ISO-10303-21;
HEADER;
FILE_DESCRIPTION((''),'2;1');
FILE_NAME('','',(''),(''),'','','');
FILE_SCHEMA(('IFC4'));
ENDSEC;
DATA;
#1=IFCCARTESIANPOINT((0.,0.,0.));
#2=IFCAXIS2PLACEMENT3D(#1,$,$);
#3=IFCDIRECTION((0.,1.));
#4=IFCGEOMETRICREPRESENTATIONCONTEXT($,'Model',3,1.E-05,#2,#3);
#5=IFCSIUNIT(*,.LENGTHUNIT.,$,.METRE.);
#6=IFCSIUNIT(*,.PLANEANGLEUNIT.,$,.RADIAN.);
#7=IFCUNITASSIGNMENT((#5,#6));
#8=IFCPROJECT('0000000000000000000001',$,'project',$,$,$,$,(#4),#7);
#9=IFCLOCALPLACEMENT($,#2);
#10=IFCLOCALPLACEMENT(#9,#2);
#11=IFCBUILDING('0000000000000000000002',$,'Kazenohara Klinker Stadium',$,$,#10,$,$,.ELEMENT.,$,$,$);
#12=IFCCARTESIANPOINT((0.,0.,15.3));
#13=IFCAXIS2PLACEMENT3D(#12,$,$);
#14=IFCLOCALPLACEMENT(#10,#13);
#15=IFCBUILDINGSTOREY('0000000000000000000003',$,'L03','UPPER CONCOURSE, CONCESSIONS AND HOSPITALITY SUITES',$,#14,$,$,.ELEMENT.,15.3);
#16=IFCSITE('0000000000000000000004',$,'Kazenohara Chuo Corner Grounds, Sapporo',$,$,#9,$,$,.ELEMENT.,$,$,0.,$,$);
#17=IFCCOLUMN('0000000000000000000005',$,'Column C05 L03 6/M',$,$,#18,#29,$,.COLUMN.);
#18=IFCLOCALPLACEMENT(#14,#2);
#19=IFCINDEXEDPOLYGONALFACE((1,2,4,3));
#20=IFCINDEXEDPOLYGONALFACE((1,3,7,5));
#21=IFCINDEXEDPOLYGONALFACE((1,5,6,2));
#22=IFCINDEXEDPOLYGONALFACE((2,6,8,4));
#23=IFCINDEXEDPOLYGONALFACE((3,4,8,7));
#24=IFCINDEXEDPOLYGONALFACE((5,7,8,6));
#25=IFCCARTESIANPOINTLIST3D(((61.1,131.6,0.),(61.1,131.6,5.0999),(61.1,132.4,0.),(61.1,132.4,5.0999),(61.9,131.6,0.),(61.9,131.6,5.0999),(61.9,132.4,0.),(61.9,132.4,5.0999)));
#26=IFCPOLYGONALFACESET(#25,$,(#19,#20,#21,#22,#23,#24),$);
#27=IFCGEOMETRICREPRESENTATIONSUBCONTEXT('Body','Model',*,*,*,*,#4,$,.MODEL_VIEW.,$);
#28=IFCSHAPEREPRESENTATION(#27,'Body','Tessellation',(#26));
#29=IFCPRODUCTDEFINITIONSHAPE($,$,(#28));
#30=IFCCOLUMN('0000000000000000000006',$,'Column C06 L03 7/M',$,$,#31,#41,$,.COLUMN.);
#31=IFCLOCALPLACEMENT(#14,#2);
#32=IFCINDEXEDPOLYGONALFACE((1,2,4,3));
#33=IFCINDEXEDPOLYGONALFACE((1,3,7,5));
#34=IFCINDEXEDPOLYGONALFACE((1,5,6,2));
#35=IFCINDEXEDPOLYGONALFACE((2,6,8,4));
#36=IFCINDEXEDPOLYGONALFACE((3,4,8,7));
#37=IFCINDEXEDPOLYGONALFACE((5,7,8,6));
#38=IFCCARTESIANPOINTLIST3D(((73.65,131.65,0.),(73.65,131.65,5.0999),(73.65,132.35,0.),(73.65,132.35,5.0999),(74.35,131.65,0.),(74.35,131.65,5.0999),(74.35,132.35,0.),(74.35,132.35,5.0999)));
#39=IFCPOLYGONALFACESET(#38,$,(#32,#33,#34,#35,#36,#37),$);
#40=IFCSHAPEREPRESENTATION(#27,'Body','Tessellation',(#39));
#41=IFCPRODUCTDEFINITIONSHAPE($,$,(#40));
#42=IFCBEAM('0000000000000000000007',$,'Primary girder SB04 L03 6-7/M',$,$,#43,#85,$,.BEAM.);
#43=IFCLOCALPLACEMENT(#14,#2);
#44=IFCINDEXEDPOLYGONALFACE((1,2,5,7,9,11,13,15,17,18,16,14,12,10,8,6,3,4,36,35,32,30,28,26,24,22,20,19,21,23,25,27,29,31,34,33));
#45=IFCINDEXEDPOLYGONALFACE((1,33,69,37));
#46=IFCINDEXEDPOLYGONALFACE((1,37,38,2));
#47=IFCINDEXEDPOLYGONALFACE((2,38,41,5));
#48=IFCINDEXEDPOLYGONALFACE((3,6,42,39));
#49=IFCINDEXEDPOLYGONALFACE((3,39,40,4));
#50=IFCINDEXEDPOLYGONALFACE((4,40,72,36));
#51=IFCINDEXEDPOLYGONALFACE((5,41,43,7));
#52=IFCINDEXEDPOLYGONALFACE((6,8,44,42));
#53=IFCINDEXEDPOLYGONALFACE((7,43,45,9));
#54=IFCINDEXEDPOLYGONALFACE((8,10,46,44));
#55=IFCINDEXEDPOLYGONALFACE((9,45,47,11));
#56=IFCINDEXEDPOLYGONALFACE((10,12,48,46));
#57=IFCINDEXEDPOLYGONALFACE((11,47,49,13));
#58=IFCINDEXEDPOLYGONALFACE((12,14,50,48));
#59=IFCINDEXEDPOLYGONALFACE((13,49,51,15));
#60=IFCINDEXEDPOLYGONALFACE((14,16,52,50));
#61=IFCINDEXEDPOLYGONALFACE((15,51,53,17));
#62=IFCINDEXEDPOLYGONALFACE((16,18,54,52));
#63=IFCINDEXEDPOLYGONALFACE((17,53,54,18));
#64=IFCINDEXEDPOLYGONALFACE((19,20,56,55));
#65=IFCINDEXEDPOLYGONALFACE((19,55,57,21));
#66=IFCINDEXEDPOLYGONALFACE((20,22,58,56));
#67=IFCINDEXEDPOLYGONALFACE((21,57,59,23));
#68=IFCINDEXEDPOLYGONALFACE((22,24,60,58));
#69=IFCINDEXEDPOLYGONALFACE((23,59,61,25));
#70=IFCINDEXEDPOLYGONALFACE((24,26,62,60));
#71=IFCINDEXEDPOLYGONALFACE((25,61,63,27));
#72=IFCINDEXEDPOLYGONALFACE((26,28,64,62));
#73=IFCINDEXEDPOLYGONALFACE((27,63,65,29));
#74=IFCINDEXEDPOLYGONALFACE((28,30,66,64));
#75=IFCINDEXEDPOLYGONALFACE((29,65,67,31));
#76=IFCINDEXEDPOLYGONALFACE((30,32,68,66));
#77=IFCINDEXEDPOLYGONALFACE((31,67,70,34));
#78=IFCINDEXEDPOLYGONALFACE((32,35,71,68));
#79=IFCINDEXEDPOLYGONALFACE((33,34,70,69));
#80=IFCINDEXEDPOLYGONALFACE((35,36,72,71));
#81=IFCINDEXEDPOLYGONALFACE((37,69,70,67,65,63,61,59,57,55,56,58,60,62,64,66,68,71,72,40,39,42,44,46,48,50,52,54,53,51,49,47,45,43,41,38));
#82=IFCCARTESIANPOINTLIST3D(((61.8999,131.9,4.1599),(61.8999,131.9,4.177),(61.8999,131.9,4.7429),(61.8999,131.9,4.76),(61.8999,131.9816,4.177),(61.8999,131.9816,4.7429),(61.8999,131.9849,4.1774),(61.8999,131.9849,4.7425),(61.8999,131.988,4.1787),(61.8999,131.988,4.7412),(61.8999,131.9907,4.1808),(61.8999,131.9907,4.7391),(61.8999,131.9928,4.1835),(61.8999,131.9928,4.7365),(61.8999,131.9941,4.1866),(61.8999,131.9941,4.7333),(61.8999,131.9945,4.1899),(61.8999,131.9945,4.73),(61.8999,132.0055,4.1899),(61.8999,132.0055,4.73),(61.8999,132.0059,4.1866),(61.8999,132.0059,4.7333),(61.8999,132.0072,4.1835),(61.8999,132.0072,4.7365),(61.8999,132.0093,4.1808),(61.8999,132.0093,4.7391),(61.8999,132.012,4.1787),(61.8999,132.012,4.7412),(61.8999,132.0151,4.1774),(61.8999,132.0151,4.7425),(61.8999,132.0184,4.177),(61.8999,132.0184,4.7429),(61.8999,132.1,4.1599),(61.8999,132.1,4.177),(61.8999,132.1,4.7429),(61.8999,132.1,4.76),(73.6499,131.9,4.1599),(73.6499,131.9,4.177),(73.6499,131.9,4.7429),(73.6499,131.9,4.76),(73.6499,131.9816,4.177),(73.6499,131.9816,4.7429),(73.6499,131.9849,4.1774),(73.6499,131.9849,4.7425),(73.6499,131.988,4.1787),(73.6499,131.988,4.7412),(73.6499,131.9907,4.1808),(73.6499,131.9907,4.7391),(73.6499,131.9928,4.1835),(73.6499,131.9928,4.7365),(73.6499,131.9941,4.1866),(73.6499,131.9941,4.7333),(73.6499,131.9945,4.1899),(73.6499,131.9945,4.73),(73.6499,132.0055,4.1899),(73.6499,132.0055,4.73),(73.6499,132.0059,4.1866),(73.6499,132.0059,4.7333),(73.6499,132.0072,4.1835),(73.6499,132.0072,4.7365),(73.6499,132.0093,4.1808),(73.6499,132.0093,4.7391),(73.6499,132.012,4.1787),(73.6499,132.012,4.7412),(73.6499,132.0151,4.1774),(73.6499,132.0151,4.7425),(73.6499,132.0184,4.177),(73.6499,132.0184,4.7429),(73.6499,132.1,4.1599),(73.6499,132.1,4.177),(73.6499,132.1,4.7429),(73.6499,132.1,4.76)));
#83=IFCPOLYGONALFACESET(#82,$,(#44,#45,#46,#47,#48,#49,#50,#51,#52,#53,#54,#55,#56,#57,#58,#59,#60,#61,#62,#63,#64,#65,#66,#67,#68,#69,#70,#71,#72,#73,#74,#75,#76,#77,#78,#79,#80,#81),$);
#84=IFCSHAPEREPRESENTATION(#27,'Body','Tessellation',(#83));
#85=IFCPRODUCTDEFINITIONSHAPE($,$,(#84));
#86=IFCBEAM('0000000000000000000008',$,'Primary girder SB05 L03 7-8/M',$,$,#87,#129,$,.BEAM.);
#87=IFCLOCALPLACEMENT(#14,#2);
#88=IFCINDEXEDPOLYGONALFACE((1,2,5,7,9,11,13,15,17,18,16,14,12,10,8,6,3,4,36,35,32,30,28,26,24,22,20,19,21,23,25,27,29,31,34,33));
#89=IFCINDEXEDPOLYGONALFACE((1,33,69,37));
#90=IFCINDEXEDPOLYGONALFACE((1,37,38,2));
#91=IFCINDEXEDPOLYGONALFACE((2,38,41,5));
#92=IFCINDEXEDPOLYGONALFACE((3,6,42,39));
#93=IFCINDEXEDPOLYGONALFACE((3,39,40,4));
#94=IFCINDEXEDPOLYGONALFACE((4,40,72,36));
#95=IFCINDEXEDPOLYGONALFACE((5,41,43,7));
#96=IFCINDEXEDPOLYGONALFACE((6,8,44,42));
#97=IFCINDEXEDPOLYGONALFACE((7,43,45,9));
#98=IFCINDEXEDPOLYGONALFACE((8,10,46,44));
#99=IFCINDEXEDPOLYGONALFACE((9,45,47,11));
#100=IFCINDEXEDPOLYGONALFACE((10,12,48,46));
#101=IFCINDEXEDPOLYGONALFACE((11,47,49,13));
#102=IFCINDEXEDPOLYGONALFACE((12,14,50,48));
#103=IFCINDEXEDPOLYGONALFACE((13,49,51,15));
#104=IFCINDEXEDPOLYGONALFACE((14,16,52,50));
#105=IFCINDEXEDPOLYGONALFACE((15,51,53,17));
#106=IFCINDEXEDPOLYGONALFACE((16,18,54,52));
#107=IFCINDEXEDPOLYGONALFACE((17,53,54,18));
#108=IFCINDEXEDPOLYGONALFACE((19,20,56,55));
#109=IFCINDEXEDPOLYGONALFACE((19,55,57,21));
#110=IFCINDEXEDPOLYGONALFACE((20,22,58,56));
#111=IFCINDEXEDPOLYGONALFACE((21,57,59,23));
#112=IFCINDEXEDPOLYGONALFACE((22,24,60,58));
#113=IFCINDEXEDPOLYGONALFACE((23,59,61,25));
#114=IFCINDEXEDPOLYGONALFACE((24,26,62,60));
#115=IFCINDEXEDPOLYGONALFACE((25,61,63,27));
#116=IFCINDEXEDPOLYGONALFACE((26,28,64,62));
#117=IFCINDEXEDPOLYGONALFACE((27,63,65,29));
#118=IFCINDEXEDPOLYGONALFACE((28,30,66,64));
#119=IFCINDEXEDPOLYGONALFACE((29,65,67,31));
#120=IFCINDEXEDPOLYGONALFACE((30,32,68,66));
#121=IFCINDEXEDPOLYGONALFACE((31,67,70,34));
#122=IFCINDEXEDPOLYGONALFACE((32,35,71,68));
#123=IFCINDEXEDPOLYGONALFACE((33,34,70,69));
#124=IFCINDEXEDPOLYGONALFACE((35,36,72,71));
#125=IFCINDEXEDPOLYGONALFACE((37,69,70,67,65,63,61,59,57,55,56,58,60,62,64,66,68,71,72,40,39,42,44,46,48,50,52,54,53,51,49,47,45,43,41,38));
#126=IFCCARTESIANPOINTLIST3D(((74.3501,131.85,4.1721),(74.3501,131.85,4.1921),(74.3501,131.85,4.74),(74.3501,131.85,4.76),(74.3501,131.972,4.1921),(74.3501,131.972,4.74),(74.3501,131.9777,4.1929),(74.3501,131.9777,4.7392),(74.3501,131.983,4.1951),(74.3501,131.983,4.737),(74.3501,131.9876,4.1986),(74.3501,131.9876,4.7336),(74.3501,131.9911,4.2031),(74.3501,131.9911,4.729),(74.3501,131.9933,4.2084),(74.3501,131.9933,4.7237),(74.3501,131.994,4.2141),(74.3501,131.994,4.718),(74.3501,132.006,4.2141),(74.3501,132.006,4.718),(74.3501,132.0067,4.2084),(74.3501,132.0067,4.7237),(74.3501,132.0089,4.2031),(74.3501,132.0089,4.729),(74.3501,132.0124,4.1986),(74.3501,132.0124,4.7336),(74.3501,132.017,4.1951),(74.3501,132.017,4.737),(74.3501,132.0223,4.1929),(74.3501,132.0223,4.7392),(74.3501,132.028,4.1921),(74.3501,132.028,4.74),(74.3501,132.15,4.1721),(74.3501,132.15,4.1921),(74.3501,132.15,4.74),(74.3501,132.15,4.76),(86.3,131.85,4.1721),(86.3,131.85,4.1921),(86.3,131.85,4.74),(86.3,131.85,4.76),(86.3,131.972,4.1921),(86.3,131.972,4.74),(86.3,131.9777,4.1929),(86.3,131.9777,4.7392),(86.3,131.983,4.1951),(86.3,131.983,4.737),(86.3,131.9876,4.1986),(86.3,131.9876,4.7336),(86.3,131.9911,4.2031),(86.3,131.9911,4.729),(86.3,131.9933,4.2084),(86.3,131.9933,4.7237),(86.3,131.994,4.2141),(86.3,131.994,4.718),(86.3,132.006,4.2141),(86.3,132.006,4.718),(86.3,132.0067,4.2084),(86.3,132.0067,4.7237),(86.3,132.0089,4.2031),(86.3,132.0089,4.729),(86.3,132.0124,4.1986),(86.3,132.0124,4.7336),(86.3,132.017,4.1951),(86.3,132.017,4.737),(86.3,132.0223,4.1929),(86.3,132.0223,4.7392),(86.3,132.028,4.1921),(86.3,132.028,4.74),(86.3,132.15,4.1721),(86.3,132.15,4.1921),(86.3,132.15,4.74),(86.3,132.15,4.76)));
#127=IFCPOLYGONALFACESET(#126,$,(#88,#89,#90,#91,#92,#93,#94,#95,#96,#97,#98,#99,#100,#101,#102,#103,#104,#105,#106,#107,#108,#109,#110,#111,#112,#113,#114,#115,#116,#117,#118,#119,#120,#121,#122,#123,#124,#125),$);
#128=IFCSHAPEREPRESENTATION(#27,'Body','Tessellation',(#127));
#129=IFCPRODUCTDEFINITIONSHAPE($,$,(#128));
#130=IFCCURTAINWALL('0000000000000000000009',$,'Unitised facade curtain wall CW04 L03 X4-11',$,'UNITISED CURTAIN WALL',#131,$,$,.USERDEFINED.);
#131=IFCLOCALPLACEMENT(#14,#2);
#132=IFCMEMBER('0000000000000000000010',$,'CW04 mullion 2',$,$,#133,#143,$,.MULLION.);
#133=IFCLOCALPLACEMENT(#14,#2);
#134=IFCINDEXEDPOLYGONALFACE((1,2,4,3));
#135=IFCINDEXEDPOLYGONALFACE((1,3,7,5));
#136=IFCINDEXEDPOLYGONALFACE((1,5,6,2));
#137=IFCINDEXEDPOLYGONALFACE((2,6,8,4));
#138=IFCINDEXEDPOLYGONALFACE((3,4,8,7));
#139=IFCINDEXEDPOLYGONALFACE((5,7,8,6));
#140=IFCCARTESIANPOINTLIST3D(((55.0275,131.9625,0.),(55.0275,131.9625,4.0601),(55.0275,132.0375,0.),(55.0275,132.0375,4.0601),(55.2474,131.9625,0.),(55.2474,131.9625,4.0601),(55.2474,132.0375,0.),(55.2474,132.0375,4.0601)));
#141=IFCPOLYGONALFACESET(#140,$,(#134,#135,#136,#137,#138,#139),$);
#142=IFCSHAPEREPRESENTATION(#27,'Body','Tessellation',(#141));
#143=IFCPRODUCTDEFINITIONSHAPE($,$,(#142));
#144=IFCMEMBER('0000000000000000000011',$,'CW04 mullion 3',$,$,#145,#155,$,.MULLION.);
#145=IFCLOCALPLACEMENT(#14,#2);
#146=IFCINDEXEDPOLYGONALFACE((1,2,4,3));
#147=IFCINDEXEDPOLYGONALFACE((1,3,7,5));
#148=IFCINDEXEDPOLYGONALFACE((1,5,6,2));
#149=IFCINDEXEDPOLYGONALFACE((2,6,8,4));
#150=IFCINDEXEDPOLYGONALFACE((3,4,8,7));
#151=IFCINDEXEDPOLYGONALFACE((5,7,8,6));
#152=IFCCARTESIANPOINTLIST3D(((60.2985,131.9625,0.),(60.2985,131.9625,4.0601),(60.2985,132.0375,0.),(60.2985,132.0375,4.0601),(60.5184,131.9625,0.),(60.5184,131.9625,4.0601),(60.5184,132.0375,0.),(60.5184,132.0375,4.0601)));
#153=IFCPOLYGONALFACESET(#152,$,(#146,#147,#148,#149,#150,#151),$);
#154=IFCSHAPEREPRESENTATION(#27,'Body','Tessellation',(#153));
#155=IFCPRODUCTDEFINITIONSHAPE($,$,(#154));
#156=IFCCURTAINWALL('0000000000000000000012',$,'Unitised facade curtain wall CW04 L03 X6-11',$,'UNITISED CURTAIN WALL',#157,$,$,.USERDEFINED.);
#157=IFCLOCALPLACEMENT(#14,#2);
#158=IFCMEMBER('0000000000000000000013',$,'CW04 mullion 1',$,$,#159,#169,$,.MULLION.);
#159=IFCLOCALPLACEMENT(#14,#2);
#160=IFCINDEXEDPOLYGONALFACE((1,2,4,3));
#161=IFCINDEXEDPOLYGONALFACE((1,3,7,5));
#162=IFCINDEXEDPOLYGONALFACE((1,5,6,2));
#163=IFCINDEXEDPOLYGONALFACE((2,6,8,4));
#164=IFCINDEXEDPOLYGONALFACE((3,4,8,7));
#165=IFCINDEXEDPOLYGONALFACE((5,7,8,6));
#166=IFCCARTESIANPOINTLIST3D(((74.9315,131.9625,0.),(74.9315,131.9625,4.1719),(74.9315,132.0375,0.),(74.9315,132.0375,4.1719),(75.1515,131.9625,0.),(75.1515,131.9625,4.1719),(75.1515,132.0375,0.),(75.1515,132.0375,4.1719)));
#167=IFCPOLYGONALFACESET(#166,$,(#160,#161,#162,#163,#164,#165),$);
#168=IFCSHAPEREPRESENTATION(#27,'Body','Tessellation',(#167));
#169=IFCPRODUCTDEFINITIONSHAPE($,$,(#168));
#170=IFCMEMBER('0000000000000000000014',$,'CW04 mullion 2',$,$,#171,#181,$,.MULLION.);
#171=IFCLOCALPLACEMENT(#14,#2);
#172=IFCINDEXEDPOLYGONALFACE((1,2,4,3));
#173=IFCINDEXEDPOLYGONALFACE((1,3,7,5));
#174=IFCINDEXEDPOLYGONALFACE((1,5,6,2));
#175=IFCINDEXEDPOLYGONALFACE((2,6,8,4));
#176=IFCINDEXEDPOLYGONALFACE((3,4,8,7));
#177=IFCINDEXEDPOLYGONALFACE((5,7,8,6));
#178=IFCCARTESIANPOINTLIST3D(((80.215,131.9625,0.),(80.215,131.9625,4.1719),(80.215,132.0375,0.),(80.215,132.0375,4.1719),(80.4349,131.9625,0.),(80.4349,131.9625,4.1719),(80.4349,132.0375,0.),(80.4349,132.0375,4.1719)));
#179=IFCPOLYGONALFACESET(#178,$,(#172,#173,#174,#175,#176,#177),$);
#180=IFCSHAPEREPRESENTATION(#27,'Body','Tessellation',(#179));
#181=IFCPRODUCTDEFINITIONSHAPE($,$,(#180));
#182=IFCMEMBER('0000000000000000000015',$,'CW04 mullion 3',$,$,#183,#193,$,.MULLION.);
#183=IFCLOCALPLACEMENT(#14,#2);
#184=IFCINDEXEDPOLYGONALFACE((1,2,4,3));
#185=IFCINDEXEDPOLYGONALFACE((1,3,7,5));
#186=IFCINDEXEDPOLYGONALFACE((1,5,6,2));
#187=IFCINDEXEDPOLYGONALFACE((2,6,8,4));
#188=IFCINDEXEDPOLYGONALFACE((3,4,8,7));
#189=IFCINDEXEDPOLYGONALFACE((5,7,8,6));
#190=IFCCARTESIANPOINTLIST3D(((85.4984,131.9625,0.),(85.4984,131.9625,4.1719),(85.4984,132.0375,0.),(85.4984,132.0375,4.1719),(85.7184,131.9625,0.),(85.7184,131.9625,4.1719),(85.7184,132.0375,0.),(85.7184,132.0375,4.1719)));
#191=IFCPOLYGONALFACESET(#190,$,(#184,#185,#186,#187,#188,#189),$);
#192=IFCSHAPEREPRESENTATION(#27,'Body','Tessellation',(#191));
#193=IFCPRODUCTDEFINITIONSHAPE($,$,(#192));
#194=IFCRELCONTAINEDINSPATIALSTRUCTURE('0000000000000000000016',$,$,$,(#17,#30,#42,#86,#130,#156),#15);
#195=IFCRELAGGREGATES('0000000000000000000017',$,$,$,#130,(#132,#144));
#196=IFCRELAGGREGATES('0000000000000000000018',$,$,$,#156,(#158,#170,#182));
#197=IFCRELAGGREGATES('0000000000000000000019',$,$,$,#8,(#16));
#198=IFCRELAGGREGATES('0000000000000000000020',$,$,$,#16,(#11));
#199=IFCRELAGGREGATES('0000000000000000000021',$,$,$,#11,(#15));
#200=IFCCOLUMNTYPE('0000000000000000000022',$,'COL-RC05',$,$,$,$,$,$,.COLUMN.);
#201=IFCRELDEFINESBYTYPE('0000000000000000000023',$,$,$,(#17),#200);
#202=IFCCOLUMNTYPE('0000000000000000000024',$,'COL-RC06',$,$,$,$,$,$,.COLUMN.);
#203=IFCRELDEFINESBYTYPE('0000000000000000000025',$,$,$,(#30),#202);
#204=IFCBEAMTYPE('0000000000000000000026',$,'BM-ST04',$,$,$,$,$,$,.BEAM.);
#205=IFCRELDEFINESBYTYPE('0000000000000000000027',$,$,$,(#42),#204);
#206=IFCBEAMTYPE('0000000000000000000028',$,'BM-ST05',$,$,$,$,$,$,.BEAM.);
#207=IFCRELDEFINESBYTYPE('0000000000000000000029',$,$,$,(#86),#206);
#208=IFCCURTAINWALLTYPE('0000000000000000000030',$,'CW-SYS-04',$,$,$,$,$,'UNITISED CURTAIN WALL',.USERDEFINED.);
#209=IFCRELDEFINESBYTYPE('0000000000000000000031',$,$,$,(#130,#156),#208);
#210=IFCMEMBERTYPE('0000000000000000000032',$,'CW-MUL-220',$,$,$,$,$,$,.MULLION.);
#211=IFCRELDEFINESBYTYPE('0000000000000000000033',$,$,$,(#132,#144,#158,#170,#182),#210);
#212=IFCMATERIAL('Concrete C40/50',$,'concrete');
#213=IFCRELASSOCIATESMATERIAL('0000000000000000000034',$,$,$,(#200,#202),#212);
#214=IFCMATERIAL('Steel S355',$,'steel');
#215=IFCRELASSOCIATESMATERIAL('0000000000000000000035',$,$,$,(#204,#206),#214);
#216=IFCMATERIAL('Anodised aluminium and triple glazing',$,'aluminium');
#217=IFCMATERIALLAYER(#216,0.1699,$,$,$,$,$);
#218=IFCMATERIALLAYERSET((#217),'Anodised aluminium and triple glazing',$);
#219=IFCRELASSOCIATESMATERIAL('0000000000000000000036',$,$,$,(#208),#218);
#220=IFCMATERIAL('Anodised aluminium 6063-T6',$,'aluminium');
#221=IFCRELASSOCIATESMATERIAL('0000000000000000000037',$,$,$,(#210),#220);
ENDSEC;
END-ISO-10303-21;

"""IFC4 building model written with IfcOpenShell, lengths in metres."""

from ifc_helpers import new_model, si_unit, direction, frame, origin, origin_2d, place, context, subcontext, project, spatial, rectangle, i_section, extrude, material, layer, layer_set, material_profile, profile_set, type_object, element, aggregate, save


model = new_model("IFC4")

# Units and contexts
model_context = context("Model", 3, precision=1e-05, world=origin(), true_north=direction((0.0, 1.0)))
body_context = subcontext(model_context, "Body", "Model", "MODEL_VIEW")
ifc_project = project(units=[si_unit("LENGTHUNIT", "METRE"), si_unit("PLANEANGLEUNIT", "RADIAN")], contexts=[model_context])

# Site, building, storey
site_placement = place(None, origin())
site = spatial("IfcSite", under=ifc_project, at=site_placement, Name="Kazenohara Chuo Corner Grounds, Sapporo", CompositionType="ELEMENT", RefElevation=0.0)
building_placement = place(site_placement, origin())
building = spatial("IfcBuilding", under=site, at=building_placement, Name="Kazenohara Klinker Stadium", CompositionType="ELEMENT")
storey_placement = place(building_placement, frame((0.0, 0.0, 15.3)))
storey = spatial("IfcBuildingStorey", under=building, at=storey_placement, Name="L03", Description="UPPER CONCOURSE, CONCESSIONS AND HOSPITALITY SUITES", CompositionType="ELEMENT", Elevation=15.3)

# Columns
ifc_material_1 = material(Name="Concrete C40/50", Category="concrete")
ifc_material_profile_1 = material_profile(ifc_material_1, rectangle(XDim=0.8, YDim=0.8, at=origin_2d()), Name="RC-COL-800x800")
ifc_profile_set_1 = profile_set([ifc_material_profile_1], Name="Concrete C40/50")
column_type_1 = type_object("IfcColumnType", Name="COL-RC05", PredefinedType="COLUMN", material=ifc_profile_set_1)
column_1_placement = place(storey_placement, frame((61.5, 132.0, 0.0), z_axis=(0.0, 0.0, 1.0), x_axis=(1.0, 0.0, 0.0)))
element("IfcColumn", 1, at=column_1_placement, inside=storey, type_object=column_type_1, Name="Column C05 L03 6/M", PredefinedType="COLUMN", context=body_context, shape_type="SweptSolid", body=[
    extrude(rectangle(XDim=0.8, YDim=0.8, at=origin_2d()), origin(), (0.0, 0.0, 1.0), 5.0999),
])
ifc_material_profile_2 = material_profile(ifc_material_1, rectangle(XDim=0.7, YDim=0.7, at=origin_2d()), Name="RC-COL-700x700")
ifc_profile_set_2 = profile_set([ifc_material_profile_2], Name="Concrete C40/50")
column_type_2 = type_object("IfcColumnType", Name="COL-RC06", PredefinedType="COLUMN", material=ifc_profile_set_2)
column_2_placement = place(storey_placement, frame((74.0, 132.0, 0.0), z_axis=(0.0, 0.0, 1.0), x_axis=(1.0, 0.0, 0.0)))
element("IfcColumn", 2, at=column_2_placement, inside=storey, type_object=column_type_2, Name="Column C06 L03 7/M", PredefinedType="COLUMN", context=body_context, shape_type="SweptSolid", body=[
    extrude(rectangle(XDim=0.7, YDim=0.7, at=origin_2d()), origin(), (0.0, 0.0, 1.0), 5.0999),
])

# Beams
ifc_material_2 = material(Name="Steel S355", Category="steel")
ifc_material_profile_3 = material_profile(ifc_material_2, i_section(OverallWidth=0.2, OverallDepth=0.6001, WebThickness=0.011, FlangeThickness=0.0171, FilletRadius=0.0129, at=origin_2d()), Name="H-600x200x11x17")
ifc_profile_set_3 = profile_set([ifc_material_profile_3], Name="Steel S355")
beam_type_1 = type_object("IfcBeamType", Name="BM-ST04", PredefinedType="BEAM", material=ifc_profile_set_3)
beam_1_placement = place(storey_placement, frame((61.8999, 132.0, 4.46), z_axis=(1.0, 0.0, 0.0), x_axis=(0.0, 1.0, 0.0)))
element("IfcBeam", 3, at=beam_1_placement, inside=storey, type_object=beam_type_1, Name="Primary girder SB04 L03 6-7/M", PredefinedType="BEAM", context=body_context, shape_type="SweptSolid", body=[
    extrude(i_section(OverallWidth=0.2, OverallDepth=0.6001, WebThickness=0.011, FlangeThickness=0.0171, FilletRadius=0.0129, at=origin_2d()), origin(), (0.0, 0.0, 1.0), 11.75),
])
ifc_material_profile_4 = material_profile(ifc_material_2, i_section(OverallWidth=0.3, OverallDepth=0.5879, WebThickness=0.012, FlangeThickness=0.02, FilletRadius=0.022, at=origin_2d()), Name="H-588x300x12x20")
ifc_profile_set_4 = profile_set([ifc_material_profile_4], Name="Steel S355")
beam_type_2 = type_object("IfcBeamType", Name="BM-ST05", PredefinedType="BEAM", material=ifc_profile_set_4)
beam_2_placement = place(storey_placement, frame((74.3501, 132.0, 4.4661), z_axis=(1.0, 0.0, 0.0), x_axis=(0.0, 1.0, 0.0)))
element("IfcBeam", 4, at=beam_2_placement, inside=storey, type_object=beam_type_2, Name="Primary girder SB05 L03 7-8/M", PredefinedType="BEAM", context=body_context, shape_type="SweptSolid", body=[
    extrude(i_section(OverallWidth=0.3, OverallDepth=0.5879, WebThickness=0.012, FlangeThickness=0.02, FilletRadius=0.022, at=origin_2d()), origin(), (0.0, 0.0, 1.0), 11.95),
])

# Curtain walls, members
ifc_material_3 = material(Name="Anodised aluminium and triple glazing", Category="aluminium")
ifc_layer_1 = layer(ifc_material_3, 0.1699)
ifc_layer_set_1 = layer_set([ifc_layer_1], Name="Anodised aluminium and triple glazing")
curtain_wall_type = type_object("IfcCurtainWallType", Name="CW-SYS-04", ElementType="UNITISED CURTAIN WALL", PredefinedType="USERDEFINED", material=ifc_layer_set_1)
curtain_wall_1_placement = place(storey_placement, origin())
curtain_wall_1 = element("IfcCurtainWall", 5, at=curtain_wall_1_placement, inside=storey, type_object=curtain_wall_type, Name="Unitised facade curtain wall CW04 L03 X4-11", ObjectType="UNITISED CURTAIN WALL", PredefinedType="USERDEFINED")
ifc_material_4 = material(Name="Anodised aluminium 6063-T6", Category="aluminium")
ifc_material_profile_5 = material_profile(ifc_material_4, rectangle(XDim=0.075, YDim=0.22, at=origin_2d()), Name="ALU-MUL-75x220")
ifc_profile_set_5 = profile_set([ifc_material_profile_5], Name="Anodised aluminium 6063-T6")
member_type_1 = type_object("IfcMemberType", Name="CW-MUL-220", PredefinedType="MULLION", material=ifc_profile_set_5)
member_1_placement = place(storey_placement, frame((55.1375, 132.0, 0.0), z_axis=(0.0, 0.0, 1.0), x_axis=(0.0, 1.0, 0.0)))
member_1 = element("IfcMember", 6, at=member_1_placement, type_object=member_type_1, Name="CW04 mullion 2", PredefinedType="MULLION", context=body_context, shape_type="SweptSolid", body=[
    extrude(rectangle(XDim=0.075, YDim=0.22, at=origin_2d()), origin(), (0.0, 0.0, 1.0), 4.0601),
])
member_2_placement = place(storey_placement, frame((60.4084, 132.0, 0.0), z_axis=(0.0, 0.0, 1.0), x_axis=(0.0, 1.0, 0.0)))
member_2 = element("IfcMember", 7, at=member_2_placement, type_object=member_type_1, Name="CW04 mullion 3", PredefinedType="MULLION", context=body_context, shape_type="SweptSolid", body=[
    extrude(rectangle(XDim=0.075, YDim=0.22, at=origin_2d()), origin(), (0.0, 0.0, 1.0), 4.0601),
])
curtain_wall_2_placement = place(storey_placement, origin())
curtain_wall_2 = element("IfcCurtainWall", 8, at=curtain_wall_2_placement, inside=storey, type_object=curtain_wall_type, Name="Unitised facade curtain wall CW04 L03 X6-11", ObjectType="UNITISED CURTAIN WALL", PredefinedType="USERDEFINED")
member_3_placement = place(storey_placement, frame((75.0415, 132.0, 0.0), z_axis=(0.0, 0.0, 1.0), x_axis=(0.0, 1.0, 0.0)))
member_3 = element("IfcMember", 9, at=member_3_placement, type_object=member_type_1, Name="CW04 mullion 1", PredefinedType="MULLION", context=body_context, shape_type="SweptSolid", body=[
    extrude(rectangle(XDim=0.075, YDim=0.22, at=origin_2d()), origin(), (0.0, 0.0, 1.0), 4.1719),
])
member_4_placement = place(storey_placement, frame((80.325, 132.0, 0.0), z_axis=(0.0, 0.0, 1.0), x_axis=(0.0, 1.0, 0.0)))
member_4 = element("IfcMember", 10, at=member_4_placement, type_object=member_type_1, Name="CW04 mullion 2", PredefinedType="MULLION", context=body_context, shape_type="SweptSolid", body=[
    extrude(rectangle(XDim=0.075, YDim=0.22, at=origin_2d()), origin(), (0.0, 0.0, 1.0), 4.1719),
])
member_5_placement = place(storey_placement, frame((85.6084, 132.0, 0.0), z_axis=(0.0, 0.0, 1.0), x_axis=(0.0, 1.0, 0.0)))
member_5 = element("IfcMember", 11, at=member_5_placement, type_object=member_type_1, Name="CW04 mullion 3", PredefinedType="MULLION", context=body_context, shape_type="SweptSolid", body=[
    extrude(rectangle(XDim=0.075, YDim=0.22, at=origin_2d()), origin(), (0.0, 0.0, 1.0), 4.1719),
])

aggregate(curtain_wall_1, [member_1, member_2])
aggregate(curtain_wall_2, [member_3, member_4, member_5])

save(model, "model.ifc")
